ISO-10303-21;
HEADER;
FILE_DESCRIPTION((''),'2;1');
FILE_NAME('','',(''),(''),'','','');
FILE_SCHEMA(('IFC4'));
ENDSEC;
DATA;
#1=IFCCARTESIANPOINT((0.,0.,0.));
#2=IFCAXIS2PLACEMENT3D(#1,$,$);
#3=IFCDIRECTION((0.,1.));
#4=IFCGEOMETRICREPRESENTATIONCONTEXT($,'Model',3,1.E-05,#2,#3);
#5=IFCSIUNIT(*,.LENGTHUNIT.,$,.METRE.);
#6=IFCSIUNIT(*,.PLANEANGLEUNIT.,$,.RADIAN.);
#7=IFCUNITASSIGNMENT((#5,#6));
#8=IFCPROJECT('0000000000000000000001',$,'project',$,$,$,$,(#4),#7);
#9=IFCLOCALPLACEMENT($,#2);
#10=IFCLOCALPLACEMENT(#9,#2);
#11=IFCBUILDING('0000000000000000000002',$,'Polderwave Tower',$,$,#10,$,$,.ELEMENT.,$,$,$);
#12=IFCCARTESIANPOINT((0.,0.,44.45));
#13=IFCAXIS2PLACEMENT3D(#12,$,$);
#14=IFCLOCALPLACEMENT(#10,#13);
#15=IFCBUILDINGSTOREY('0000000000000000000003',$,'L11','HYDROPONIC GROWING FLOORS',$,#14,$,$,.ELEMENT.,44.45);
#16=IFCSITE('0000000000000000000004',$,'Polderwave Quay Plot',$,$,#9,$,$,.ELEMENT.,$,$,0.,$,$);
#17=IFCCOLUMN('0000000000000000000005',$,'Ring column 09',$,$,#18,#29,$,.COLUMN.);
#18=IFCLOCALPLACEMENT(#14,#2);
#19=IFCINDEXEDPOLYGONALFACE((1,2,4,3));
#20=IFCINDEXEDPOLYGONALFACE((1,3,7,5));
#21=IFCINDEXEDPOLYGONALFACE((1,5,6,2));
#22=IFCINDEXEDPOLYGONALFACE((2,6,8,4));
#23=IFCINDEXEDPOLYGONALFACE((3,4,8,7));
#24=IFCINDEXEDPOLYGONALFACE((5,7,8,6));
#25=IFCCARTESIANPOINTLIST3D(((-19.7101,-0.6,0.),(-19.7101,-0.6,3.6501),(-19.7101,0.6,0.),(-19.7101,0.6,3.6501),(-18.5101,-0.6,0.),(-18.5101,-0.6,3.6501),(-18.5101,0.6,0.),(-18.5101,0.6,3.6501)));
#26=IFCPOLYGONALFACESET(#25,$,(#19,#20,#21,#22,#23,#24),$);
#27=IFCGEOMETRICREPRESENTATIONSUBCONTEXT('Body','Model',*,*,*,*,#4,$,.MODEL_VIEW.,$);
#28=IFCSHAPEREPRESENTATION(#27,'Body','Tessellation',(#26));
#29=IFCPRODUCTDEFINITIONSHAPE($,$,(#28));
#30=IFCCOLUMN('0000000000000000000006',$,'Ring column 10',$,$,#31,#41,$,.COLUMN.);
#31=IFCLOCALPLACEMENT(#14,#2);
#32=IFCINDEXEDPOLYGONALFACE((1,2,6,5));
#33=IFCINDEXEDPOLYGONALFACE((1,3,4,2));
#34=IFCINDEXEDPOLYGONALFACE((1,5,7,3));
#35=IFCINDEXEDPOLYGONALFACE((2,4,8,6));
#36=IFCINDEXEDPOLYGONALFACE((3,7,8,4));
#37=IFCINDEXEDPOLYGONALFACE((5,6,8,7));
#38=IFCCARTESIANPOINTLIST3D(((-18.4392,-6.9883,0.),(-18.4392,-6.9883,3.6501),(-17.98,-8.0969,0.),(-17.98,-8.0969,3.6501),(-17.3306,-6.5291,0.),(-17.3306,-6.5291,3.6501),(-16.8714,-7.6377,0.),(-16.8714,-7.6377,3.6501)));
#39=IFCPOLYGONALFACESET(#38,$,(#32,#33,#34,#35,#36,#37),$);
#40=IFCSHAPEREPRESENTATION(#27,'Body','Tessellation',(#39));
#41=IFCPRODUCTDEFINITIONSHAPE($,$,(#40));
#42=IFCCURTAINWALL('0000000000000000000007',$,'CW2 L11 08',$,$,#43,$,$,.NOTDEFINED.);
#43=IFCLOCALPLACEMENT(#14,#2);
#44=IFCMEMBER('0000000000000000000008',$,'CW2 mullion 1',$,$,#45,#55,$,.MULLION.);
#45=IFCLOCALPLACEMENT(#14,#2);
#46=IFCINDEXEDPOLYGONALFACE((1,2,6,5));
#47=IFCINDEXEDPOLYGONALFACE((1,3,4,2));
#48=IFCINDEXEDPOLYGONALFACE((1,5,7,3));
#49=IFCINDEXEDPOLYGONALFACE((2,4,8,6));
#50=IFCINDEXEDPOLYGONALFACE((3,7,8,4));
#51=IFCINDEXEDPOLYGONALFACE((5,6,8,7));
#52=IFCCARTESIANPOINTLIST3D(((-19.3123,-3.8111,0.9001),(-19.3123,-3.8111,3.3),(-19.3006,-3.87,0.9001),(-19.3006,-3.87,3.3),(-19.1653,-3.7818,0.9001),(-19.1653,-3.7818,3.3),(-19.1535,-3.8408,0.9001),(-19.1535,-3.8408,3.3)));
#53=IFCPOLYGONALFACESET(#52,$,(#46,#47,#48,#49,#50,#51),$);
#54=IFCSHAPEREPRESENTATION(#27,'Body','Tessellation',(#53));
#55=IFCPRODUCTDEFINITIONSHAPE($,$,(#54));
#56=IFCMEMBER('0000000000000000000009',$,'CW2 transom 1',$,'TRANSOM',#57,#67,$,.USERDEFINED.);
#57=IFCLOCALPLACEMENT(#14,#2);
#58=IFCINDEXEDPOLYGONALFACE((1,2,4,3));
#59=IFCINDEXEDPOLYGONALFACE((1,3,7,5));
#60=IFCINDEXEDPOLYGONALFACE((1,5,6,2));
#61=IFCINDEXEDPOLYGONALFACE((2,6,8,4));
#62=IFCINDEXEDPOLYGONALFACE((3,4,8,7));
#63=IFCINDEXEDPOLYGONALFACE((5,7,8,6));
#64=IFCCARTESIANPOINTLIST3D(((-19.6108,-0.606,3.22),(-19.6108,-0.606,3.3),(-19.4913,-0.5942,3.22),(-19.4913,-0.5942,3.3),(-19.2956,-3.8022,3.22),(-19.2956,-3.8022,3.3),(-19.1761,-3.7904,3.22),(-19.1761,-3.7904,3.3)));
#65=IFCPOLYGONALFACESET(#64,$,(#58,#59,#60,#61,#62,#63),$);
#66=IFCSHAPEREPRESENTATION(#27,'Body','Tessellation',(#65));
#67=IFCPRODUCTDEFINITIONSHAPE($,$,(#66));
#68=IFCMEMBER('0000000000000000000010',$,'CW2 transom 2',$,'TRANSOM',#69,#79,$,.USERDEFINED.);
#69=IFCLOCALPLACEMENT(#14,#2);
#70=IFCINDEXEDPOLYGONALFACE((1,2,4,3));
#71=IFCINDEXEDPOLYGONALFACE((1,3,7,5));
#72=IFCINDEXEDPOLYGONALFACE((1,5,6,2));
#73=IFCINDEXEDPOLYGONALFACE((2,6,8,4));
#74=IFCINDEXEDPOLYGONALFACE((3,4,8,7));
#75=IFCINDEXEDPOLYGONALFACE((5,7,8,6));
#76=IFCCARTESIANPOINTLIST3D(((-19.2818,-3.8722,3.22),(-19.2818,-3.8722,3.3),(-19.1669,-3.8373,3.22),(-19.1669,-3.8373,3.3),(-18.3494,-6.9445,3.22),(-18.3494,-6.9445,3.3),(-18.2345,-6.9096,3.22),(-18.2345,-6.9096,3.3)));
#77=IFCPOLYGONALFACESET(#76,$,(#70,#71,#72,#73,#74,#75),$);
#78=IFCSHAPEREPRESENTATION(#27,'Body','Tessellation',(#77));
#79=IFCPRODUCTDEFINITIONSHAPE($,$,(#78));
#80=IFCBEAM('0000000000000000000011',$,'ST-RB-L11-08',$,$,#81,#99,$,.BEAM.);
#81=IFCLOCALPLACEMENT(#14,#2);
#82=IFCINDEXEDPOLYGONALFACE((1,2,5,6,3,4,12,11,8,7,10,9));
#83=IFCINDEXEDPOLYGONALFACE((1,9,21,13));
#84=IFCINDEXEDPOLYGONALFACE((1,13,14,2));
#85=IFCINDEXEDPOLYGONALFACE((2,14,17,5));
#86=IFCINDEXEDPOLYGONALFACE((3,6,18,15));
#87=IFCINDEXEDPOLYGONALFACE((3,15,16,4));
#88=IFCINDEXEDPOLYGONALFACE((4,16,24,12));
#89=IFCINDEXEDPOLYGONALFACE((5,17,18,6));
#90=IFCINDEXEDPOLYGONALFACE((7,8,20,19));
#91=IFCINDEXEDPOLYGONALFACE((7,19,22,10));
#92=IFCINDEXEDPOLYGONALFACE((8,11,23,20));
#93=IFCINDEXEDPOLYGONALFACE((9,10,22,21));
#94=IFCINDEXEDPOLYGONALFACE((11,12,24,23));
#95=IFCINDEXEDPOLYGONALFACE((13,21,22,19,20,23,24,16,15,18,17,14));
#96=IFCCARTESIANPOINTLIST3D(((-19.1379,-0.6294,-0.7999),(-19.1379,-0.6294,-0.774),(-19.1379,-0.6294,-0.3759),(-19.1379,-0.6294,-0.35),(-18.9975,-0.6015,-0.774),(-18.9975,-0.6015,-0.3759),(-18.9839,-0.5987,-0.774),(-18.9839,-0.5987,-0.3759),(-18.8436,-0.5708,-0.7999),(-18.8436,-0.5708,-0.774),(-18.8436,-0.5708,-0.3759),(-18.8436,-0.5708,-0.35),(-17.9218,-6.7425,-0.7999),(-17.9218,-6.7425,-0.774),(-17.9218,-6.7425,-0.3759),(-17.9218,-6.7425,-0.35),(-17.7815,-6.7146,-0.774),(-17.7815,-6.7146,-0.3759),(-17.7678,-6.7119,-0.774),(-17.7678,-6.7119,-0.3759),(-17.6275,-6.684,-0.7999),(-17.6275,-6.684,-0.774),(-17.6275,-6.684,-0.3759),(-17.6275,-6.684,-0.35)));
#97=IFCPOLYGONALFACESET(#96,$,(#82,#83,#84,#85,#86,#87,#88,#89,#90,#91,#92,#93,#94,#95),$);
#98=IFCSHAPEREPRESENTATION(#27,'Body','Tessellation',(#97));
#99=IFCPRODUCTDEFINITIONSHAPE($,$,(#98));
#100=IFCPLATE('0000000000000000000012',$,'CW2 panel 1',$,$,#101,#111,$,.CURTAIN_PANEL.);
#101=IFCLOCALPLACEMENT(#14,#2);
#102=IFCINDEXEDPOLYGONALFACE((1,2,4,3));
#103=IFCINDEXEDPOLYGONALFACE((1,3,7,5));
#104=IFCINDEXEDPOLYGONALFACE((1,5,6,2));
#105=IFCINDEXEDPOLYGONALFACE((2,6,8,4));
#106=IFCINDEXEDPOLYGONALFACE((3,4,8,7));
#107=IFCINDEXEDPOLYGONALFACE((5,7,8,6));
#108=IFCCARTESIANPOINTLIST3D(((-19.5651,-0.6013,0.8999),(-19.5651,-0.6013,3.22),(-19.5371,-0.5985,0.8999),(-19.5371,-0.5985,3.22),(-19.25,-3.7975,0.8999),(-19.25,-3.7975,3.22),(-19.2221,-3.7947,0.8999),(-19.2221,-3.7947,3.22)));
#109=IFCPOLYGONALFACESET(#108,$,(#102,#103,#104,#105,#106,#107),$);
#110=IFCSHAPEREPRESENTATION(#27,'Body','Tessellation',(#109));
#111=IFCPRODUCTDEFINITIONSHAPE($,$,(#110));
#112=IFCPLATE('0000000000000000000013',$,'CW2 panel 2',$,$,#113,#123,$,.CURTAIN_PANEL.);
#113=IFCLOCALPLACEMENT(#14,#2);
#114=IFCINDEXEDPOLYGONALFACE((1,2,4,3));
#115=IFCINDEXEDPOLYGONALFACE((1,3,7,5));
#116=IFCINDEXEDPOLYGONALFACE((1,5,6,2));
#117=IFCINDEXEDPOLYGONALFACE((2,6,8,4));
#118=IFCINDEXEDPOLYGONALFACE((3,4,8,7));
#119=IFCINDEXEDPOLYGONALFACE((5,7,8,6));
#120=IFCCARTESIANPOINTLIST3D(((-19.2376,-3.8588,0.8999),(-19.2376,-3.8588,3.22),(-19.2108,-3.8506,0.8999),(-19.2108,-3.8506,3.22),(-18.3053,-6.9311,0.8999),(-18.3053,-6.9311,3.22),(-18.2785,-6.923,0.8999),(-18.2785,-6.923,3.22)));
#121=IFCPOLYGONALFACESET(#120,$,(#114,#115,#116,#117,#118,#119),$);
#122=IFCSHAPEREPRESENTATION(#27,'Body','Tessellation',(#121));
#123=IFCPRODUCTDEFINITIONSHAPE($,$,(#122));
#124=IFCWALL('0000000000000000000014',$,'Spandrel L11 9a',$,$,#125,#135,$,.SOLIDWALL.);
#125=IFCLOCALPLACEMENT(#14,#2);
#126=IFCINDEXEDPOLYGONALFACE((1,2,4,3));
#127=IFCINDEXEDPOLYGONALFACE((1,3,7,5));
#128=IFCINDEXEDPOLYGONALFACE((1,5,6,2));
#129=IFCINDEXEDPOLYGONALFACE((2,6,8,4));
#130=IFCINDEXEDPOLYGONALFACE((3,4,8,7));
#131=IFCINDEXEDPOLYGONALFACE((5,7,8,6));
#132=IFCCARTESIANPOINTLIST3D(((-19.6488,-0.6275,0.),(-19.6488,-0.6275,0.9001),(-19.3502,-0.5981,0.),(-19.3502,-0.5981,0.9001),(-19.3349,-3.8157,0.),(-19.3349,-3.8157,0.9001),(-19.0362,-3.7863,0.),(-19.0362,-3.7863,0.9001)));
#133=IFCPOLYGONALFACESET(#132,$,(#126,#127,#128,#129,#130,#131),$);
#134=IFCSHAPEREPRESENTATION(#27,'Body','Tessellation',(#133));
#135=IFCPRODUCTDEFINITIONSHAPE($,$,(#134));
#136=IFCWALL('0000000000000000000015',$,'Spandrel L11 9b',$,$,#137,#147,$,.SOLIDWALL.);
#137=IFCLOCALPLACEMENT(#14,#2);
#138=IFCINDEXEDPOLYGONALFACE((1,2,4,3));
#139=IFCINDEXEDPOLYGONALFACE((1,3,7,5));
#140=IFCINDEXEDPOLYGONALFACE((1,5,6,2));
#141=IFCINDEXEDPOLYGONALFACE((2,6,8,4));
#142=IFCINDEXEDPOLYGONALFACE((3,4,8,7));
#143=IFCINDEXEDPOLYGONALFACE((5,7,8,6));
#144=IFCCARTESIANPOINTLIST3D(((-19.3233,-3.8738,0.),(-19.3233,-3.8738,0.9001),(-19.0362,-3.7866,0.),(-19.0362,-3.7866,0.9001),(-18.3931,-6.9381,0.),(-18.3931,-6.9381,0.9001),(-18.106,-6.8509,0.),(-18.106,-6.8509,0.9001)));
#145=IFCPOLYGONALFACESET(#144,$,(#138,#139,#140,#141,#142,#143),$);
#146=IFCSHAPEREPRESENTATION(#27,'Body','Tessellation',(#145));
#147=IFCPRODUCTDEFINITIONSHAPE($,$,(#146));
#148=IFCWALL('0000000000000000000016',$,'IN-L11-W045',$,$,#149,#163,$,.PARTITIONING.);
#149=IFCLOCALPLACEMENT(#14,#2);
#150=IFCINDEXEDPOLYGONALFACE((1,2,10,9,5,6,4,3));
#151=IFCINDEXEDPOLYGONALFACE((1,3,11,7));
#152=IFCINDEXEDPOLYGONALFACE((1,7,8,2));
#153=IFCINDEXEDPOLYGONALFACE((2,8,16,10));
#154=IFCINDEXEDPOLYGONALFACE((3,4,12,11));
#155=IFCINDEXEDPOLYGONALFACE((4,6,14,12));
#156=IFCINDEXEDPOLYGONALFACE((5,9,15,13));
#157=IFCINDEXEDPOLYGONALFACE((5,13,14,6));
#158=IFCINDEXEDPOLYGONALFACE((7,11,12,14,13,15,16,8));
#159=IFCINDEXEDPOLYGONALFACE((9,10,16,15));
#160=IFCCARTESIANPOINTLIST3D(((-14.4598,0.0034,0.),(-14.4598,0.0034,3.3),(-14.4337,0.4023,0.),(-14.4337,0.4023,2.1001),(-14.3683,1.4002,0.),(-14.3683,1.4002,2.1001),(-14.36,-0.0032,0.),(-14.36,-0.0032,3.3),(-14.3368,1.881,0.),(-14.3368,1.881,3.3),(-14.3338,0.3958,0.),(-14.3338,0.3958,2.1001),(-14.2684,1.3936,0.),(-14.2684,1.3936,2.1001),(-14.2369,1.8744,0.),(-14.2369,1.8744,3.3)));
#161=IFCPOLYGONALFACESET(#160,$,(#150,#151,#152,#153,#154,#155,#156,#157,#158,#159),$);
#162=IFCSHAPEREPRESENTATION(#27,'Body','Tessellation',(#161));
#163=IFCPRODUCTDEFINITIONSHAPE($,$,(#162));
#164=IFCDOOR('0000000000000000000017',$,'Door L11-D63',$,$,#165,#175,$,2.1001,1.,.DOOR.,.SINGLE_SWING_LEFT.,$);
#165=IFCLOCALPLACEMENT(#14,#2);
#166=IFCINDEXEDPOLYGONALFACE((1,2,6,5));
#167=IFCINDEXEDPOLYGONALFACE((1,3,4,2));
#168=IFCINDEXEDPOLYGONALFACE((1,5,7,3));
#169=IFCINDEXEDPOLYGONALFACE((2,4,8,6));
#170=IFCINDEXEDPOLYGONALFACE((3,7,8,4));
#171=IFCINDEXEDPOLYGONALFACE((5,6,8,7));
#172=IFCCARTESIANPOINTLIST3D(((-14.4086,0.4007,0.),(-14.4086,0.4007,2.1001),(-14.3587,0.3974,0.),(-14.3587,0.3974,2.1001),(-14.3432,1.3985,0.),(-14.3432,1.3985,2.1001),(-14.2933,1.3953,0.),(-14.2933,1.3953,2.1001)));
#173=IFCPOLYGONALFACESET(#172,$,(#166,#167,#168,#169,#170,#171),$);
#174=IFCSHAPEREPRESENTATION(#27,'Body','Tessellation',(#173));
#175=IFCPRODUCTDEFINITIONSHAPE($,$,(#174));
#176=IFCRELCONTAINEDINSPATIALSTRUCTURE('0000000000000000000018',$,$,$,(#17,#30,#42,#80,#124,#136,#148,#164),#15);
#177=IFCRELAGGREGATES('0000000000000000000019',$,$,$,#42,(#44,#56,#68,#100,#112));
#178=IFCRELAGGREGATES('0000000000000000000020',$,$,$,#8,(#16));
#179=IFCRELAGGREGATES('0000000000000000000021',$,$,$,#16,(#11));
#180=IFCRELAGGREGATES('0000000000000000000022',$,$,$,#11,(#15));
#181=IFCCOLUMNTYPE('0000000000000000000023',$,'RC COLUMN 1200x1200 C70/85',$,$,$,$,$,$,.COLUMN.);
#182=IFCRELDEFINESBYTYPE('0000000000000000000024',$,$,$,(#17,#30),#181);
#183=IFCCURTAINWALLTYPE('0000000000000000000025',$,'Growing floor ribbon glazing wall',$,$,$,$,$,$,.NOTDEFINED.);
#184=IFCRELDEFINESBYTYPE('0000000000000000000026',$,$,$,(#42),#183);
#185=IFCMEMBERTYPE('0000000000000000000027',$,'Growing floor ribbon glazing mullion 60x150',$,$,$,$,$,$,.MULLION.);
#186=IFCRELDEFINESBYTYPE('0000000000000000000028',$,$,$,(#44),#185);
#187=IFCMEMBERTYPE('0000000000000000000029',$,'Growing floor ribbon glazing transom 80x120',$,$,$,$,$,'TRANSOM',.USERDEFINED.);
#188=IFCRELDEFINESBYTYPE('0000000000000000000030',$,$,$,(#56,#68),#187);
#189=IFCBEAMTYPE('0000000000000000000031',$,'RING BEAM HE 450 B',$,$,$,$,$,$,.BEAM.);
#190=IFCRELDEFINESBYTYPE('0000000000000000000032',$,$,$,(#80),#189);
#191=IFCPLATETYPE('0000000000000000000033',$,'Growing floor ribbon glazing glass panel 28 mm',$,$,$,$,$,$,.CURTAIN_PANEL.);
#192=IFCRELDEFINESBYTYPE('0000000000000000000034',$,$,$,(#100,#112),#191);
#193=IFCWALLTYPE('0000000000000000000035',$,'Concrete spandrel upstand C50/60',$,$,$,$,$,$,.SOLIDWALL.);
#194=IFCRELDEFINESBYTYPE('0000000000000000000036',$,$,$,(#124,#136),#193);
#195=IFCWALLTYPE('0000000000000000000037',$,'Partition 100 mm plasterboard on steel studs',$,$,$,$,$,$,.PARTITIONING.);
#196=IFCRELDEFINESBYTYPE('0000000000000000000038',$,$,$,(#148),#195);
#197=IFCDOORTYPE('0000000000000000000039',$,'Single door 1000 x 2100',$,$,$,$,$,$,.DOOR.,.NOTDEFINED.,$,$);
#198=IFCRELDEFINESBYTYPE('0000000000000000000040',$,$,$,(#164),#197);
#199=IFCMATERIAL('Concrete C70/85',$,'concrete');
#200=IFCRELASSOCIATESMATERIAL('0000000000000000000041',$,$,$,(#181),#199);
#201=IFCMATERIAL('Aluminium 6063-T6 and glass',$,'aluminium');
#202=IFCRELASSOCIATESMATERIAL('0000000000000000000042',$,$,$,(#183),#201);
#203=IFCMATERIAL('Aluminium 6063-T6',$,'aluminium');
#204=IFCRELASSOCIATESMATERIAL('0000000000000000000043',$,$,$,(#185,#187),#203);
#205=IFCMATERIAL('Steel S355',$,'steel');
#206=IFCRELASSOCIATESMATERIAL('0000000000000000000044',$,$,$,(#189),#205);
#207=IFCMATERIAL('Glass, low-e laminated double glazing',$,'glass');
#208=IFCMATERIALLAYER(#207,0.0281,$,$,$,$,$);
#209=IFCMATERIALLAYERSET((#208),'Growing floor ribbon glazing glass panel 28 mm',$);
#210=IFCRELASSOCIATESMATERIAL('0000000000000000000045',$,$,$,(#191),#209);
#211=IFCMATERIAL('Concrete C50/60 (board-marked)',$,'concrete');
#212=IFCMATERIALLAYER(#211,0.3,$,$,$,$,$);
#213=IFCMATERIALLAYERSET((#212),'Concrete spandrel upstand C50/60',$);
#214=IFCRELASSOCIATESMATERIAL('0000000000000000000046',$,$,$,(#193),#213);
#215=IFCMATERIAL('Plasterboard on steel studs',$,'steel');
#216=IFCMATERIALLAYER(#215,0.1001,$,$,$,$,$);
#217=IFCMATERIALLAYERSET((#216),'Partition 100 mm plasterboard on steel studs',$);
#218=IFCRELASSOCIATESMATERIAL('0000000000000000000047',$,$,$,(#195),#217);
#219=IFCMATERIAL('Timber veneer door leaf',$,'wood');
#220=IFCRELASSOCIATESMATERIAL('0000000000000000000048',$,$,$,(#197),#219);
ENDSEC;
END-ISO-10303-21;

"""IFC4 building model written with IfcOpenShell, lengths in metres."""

from ifc_helpers import new_model, si_unit, direction, frame, frame_2d, origin, origin_2d, place, context, subcontext, project, spatial, rectangle, i_section, extrude, material, layer, layer_set, material_profile, profile_set, type_object, element, fill, aggregate, save


model = new_model("IFC4")

# Units and contexts
model_context = context("Model", 3, precision=1e-05, world=origin(), true_north=direction((0.0, 1.0)))
body_context = subcontext(model_context, "Body", "Model", "MODEL_VIEW")
ifc_project = project(units=[si_unit("LENGTHUNIT", "METRE"), si_unit("PLANEANGLEUNIT", "RADIAN")], contexts=[model_context])

# Site, building, storey
site_placement = place(None, origin())
site = spatial("IfcSite", under=ifc_project, at=site_placement, Name="Polderwave Quay Plot", CompositionType="ELEMENT", RefElevation=0.0)
building_placement = place(site_placement, origin())
building = spatial("IfcBuilding", under=site, at=building_placement, Name="Polderwave Tower", CompositionType="ELEMENT")
storey_placement = place(building_placement, frame((0.0, 0.0, 44.45)))
storey = spatial("IfcBuildingStorey", under=building, at=storey_placement, Name="L11", Description="HYDROPONIC GROWING FLOORS", CompositionType="ELEMENT", Elevation=44.45)

# Columns
ifc_material_1 = material(Name="Concrete C70/85", Category="concrete")
ifc_material_profile_1 = material_profile(ifc_material_1, rectangle(XDim=1.2, YDim=1.2, at=origin_2d()), Name="RC 1200x1200")
ifc_profile_set_1 = profile_set([ifc_material_profile_1], Name="Concrete C70/85")
column_type = type_object("IfcColumnType", Name="RC COLUMN 1200x1200 C70/85", PredefinedType="COLUMN", material=ifc_profile_set_1)
for number, where, z_axis, x_axis, name in (
    (1, (-19.1101, 0.0, 0.0), (0.0, 0.0, 1.0), (-1.0, 0.0, 0.0), "Ring column 09"),
    (2, (-17.6553, -7.313, 0.0), (0.0, 0.0, 1.0), (-0.92388, -0.382683, 0.0), "Ring column 10"),
):
    element("IfcColumn", number, at=place(storey_placement, frame(where, z_axis=z_axis, x_axis=x_axis)), inside=storey, type_object=column_type, Name=name, PredefinedType="COLUMN", context=body_context, shape_type="SweptSolid", body=[
        extrude(rectangle(XDim=1.2, YDim=1.2, at=origin_2d()), origin(), (0.0, 0.0, 1.0), 3.6501),
    ])

# Curtain wall, members
ifc_material_2 = material(Name="Aluminium 6063-T6 and glass", Category="aluminium")
curtain_wall_type = type_object("IfcCurtainWallType", Name="Growing floor ribbon glazing wall", PredefinedType="NOTDEFINED", material=ifc_material_2)
curtain_wall_placement = place(storey_placement, origin())
curtain_wall = element("IfcCurtainWall", 3, at=curtain_wall_placement, inside=storey, type_object=curtain_wall_type, Name="CW2 L11 08", PredefinedType="NOTDEFINED")
ifc_material_3 = material(Name="Aluminium 6063-T6", Category="aluminium")
ifc_material_profile_2 = material_profile(ifc_material_3, rectangle(XDim=0.1499, YDim=0.0601, at=origin_2d()), Name="AL 60x150")
ifc_profile_set_2 = profile_set([ifc_material_profile_2], Name="Aluminium 6063-T6")
member_type_1 = type_object("IfcMemberType", Name="Growing floor ribbon glazing mullion 60x150", PredefinedType="MULLION", material=ifc_profile_set_2)
member_1_placement = place(storey_placement, frame((-19.2329, -3.8259, 0.9001), z_axis=(0.0, 0.0, 1.0), x_axis=(0.980768, 0.195178, 0.0)))
member_1 = element("IfcMember", 4, at=member_1_placement, type_object=member_type_1, Name="CW2 mullion 1", PredefinedType="MULLION", context=body_context, shape_type="SweptSolid", body=[
    extrude(rectangle(XDim=0.1499, YDim=0.0601, at=origin_2d()), origin(), (0.0, 0.0, 1.0), 2.3999),
])
ifc_material_profile_3 = material_profile(ifc_material_3, rectangle(XDim=0.1201, YDim=0.0801, at=origin_2d()), Name="AL 80x120")
ifc_profile_set_3 = profile_set([ifc_material_profile_3], Name="Aluminium 6063-T6")
member_type_2 = type_object("IfcMemberType", Name="Growing floor ribbon glazing transom 80x120", ElementType="TRANSOM", PredefinedType="USERDEFINED", material=ifc_profile_set_3)
member_2_placement = place(storey_placement, frame((-19.551, -0.6001, 3.26), z_axis=(0.098141, -0.995172, 0.0), x_axis=(0.995172, 0.098141, 0.0)))
member_2 = element("IfcMember", 5, at=member_2_placement, type_object=member_type_2, Name="CW2 transom 1", ObjectType="TRANSOM", PredefinedType="USERDEFINED", context=body_context, shape_type="SweptSolid", body=[
    extrude(rectangle(XDim=0.1201, YDim=0.0801, at=origin_2d()), origin(), (0.0, 0.0, 1.0), 3.2117),
])
member_3_placement = place(storey_placement, frame((-19.2244, -3.8547, 3.26), z_axis=(0.290402, -0.956905, 0.0), x_axis=(0.956905, 0.290402, 0.0)))
member_3 = element("IfcMember", 6, at=member_3_placement, type_object=member_type_2, Name="CW2 transom 2", ObjectType="TRANSOM", PredefinedType="USERDEFINED", context=body_context, shape_type="SweptSolid", body=[
    extrude(rectangle(XDim=0.1201, YDim=0.0801, at=origin_2d()), origin(), (0.0, 0.0, 1.0), 3.2107),
])

# Beam
ifc_material_4 = material(Name="Steel S355", Category="steel")
ifc_material_profile_4 = material_profile(ifc_material_4, i_section(OverallWidth=0.3, OverallDepth=0.45, WebThickness=0.0139, FlangeThickness=0.0259, at=origin_2d()), Name="HE 450 B")
ifc_profile_set_4 = profile_set([ifc_material_profile_4], Name="Steel S355")
beam_type = type_object("IfcBeamType", Name="RING BEAM HE 450 B", PredefinedType="BEAM", material=ifc_profile_set_4)
beam_placement = place(storey_placement, frame((-18.9907, -0.6001, -0.575), z_axis=(0.195107, -0.980782, 0.0), x_axis=(0.980782, 0.195107, 0.0)))
element("IfcBeam", 7, at=beam_placement, inside=storey, type_object=beam_type, Name="ST-RB-L11-08", PredefinedType="BEAM", context=body_context, shape_type="SweptSolid", body=[
    extrude(i_section(OverallWidth=0.3, OverallDepth=0.45, WebThickness=0.0139, FlangeThickness=0.0259, at=origin_2d()), origin(), (0.0, 0.0, 1.0), 6.2329),
])

# Plates
ifc_material_5 = material(Name="Glass, low-e laminated double glazing", Category="glass")
ifc_layer_1 = layer(ifc_material_5, 0.0281)
ifc_layer_set_1 = layer_set([ifc_layer_1], Name="Growing floor ribbon glazing glass panel 28 mm")
plate_type = type_object("IfcPlateType", Name="Growing floor ribbon glazing glass panel 28 mm", PredefinedType="CURTAIN_PANEL", material=ifc_layer_set_1)
plate_1_placement = place(storey_placement, frame((-19.3936, -2.198, 0.8999), z_axis=(0.0, 0.0, 1.0), x_axis=(0.098099, -0.995177, 0.0)))
plate_1 = element("IfcPlate", 8, at=plate_1_placement, type_object=plate_type, Name="CW2 panel 1", PredefinedType="CURTAIN_PANEL", context=body_context, shape_type="SweptSolid", body=[
    extrude(rectangle(XDim=3.2117, YDim=0.0281, at=origin_2d()), origin(), (0.0, 0.0, 1.0), 2.3201),
])
plate_2_placement = place(storey_placement, frame((-18.7581, -5.3909, 0.8999), z_axis=(0.0, 0.0, 1.0), x_axis=(0.290375, -0.956913, 0.0)))
plate_2 = element("IfcPlate", 9, at=plate_2_placement, type_object=plate_type, Name="CW2 panel 2", PredefinedType="CURTAIN_PANEL", context=body_context, shape_type="SweptSolid", body=[
    extrude(rectangle(XDim=3.2107, YDim=0.0281, at=origin_2d()), origin(), (0.0, 0.0, 1.0), 2.3201),
])
aggregate(curtain_wall, [member_1, member_2, member_3, plate_1, plate_2])

# Walls
ifc_material_6 = material(Name="Concrete C50/60 (board-marked)", Category="concrete")
ifc_layer_2 = layer(ifc_material_6, 0.3)
ifc_layer_set_2 = layer_set([ifc_layer_2], Name="Concrete spandrel upstand C50/60")
wall_type_1 = type_object("IfcWallType", Name="Concrete spandrel upstand C50/60", PredefinedType="SOLIDWALL", material=ifc_layer_set_2)
wall_1_placement = place(storey_placement, frame((-19.4995, -0.6128, 0.0), z_axis=(0.0, 0.0, 1.0), x_axis=(0.098002, -0.995186, 0.0)))
element("IfcWall", 10, at=wall_1_placement, inside=storey, type_object=wall_type_1, Name="Spandrel L11 9a", PredefinedType="SOLIDWALL", context=body_context, shape_type="SweptSolid", body=[
    extrude(rectangle(XDim=3.2036, YDim=0.3, at=frame_2d((1.6018, 0.0))), origin(), (0.0, 0.0, 1.0), 0.9001),
])
wall_2_placement = place(storey_placement, frame((-19.1797, -3.8303, 0.0), z_axis=(0.0, 0.0, 1.0), x_axis=(0.290473, -0.956883, 0.0)))
element("IfcWall", 11, at=wall_2_placement, inside=storey, type_object=wall_type_1, Name="Spandrel L11 9b", PredefinedType="SOLIDWALL", context=body_context, shape_type="SweptSolid", body=[
    extrude(rectangle(XDim=3.2024, YDim=0.3, at=frame_2d((1.6011, 0.0))), origin(), (0.0, 0.0, 1.0), 0.9001),
])

# Wall, opening, door
ifc_material_7 = material(Name="Plasterboard on steel studs", Category="steel")
ifc_layer_3 = layer(ifc_material_7, 0.1001)
ifc_layer_set_3 = layer_set([ifc_layer_3], Name="Partition 100 mm plasterboard on steel studs")
wall_type_2 = type_object("IfcWallType", Name="Partition 100 mm plasterboard on steel studs", PredefinedType="PARTITIONING", material=ifc_layer_set_3)
wall_3_placement = place(storey_placement, frame((-14.4099, 0.0, 0.0), z_axis=(0.0, 0.0, 1.0), x_axis=(0.065391, 0.99786, 0.0)))
wall_3 = element("IfcWall", 12, at=wall_3_placement, inside=storey, type_object=wall_type_2, Name="IN-L11-W045", PredefinedType="PARTITIONING", context=body_context, shape_type="SweptSolid", body=[
    extrude(rectangle(XDim=1.8816, YDim=0.1001, at=frame_2d((0.9409, 0.0))), origin(), (0.0, 0.0, 1.0), 3.3),
])
opening_1_placement = place(wall_3_placement, frame((0.3999, 0.0, 0.0)))
opening_1 = element("IfcOpeningElement", 13, at=opening_1_placement, cuts=wall_3, PredefinedType="OPENING", context=body_context, shape_type="SweptSolid", body=[
    extrude(rectangle(XDim=1.0, YDim=2.1001, at=frame_2d((0.5, 1.05))), frame((0.0, 0.0601, 0.0), z_axis=(0.0, -1.0, 0.0), x_axis=(1.0, 0.0, 0.0)), (0.0, 0.0, 1.0), 0.1201),
])
ifc_material_8 = material(Name="Timber veneer door leaf", Category="wood")
door_type_1 = type_object("IfcDoorType", Name="Single door 1000 x 2100", OperationType="NOTDEFINED", PredefinedType="DOOR", material=ifc_material_8)
door_1_placement = place(opening_1_placement, origin())
door_1 = element("IfcDoor", 14, at=door_1_placement, inside=storey, type_object=door_type_1, Name="Door L11-D63", OperationType="SINGLE_SWING_LEFT", OverallHeight=2.1001, OverallWidth=1.0, PredefinedType="DOOR", context=body_context, shape_type="SweptSolid", body=[
    extrude(rectangle(XDim=1.0, YDim=2.1001, at=frame_2d((0.5, 1.05))), frame((0.0, 0.0249, 0.0), z_axis=(0.0, -1.0, 0.0), x_axis=(1.0, 0.0, 0.0)), (0.0, 0.0, 1.0), 0.05),
])
fill(opening_1, door_1)

save(model, "model.ifc")
